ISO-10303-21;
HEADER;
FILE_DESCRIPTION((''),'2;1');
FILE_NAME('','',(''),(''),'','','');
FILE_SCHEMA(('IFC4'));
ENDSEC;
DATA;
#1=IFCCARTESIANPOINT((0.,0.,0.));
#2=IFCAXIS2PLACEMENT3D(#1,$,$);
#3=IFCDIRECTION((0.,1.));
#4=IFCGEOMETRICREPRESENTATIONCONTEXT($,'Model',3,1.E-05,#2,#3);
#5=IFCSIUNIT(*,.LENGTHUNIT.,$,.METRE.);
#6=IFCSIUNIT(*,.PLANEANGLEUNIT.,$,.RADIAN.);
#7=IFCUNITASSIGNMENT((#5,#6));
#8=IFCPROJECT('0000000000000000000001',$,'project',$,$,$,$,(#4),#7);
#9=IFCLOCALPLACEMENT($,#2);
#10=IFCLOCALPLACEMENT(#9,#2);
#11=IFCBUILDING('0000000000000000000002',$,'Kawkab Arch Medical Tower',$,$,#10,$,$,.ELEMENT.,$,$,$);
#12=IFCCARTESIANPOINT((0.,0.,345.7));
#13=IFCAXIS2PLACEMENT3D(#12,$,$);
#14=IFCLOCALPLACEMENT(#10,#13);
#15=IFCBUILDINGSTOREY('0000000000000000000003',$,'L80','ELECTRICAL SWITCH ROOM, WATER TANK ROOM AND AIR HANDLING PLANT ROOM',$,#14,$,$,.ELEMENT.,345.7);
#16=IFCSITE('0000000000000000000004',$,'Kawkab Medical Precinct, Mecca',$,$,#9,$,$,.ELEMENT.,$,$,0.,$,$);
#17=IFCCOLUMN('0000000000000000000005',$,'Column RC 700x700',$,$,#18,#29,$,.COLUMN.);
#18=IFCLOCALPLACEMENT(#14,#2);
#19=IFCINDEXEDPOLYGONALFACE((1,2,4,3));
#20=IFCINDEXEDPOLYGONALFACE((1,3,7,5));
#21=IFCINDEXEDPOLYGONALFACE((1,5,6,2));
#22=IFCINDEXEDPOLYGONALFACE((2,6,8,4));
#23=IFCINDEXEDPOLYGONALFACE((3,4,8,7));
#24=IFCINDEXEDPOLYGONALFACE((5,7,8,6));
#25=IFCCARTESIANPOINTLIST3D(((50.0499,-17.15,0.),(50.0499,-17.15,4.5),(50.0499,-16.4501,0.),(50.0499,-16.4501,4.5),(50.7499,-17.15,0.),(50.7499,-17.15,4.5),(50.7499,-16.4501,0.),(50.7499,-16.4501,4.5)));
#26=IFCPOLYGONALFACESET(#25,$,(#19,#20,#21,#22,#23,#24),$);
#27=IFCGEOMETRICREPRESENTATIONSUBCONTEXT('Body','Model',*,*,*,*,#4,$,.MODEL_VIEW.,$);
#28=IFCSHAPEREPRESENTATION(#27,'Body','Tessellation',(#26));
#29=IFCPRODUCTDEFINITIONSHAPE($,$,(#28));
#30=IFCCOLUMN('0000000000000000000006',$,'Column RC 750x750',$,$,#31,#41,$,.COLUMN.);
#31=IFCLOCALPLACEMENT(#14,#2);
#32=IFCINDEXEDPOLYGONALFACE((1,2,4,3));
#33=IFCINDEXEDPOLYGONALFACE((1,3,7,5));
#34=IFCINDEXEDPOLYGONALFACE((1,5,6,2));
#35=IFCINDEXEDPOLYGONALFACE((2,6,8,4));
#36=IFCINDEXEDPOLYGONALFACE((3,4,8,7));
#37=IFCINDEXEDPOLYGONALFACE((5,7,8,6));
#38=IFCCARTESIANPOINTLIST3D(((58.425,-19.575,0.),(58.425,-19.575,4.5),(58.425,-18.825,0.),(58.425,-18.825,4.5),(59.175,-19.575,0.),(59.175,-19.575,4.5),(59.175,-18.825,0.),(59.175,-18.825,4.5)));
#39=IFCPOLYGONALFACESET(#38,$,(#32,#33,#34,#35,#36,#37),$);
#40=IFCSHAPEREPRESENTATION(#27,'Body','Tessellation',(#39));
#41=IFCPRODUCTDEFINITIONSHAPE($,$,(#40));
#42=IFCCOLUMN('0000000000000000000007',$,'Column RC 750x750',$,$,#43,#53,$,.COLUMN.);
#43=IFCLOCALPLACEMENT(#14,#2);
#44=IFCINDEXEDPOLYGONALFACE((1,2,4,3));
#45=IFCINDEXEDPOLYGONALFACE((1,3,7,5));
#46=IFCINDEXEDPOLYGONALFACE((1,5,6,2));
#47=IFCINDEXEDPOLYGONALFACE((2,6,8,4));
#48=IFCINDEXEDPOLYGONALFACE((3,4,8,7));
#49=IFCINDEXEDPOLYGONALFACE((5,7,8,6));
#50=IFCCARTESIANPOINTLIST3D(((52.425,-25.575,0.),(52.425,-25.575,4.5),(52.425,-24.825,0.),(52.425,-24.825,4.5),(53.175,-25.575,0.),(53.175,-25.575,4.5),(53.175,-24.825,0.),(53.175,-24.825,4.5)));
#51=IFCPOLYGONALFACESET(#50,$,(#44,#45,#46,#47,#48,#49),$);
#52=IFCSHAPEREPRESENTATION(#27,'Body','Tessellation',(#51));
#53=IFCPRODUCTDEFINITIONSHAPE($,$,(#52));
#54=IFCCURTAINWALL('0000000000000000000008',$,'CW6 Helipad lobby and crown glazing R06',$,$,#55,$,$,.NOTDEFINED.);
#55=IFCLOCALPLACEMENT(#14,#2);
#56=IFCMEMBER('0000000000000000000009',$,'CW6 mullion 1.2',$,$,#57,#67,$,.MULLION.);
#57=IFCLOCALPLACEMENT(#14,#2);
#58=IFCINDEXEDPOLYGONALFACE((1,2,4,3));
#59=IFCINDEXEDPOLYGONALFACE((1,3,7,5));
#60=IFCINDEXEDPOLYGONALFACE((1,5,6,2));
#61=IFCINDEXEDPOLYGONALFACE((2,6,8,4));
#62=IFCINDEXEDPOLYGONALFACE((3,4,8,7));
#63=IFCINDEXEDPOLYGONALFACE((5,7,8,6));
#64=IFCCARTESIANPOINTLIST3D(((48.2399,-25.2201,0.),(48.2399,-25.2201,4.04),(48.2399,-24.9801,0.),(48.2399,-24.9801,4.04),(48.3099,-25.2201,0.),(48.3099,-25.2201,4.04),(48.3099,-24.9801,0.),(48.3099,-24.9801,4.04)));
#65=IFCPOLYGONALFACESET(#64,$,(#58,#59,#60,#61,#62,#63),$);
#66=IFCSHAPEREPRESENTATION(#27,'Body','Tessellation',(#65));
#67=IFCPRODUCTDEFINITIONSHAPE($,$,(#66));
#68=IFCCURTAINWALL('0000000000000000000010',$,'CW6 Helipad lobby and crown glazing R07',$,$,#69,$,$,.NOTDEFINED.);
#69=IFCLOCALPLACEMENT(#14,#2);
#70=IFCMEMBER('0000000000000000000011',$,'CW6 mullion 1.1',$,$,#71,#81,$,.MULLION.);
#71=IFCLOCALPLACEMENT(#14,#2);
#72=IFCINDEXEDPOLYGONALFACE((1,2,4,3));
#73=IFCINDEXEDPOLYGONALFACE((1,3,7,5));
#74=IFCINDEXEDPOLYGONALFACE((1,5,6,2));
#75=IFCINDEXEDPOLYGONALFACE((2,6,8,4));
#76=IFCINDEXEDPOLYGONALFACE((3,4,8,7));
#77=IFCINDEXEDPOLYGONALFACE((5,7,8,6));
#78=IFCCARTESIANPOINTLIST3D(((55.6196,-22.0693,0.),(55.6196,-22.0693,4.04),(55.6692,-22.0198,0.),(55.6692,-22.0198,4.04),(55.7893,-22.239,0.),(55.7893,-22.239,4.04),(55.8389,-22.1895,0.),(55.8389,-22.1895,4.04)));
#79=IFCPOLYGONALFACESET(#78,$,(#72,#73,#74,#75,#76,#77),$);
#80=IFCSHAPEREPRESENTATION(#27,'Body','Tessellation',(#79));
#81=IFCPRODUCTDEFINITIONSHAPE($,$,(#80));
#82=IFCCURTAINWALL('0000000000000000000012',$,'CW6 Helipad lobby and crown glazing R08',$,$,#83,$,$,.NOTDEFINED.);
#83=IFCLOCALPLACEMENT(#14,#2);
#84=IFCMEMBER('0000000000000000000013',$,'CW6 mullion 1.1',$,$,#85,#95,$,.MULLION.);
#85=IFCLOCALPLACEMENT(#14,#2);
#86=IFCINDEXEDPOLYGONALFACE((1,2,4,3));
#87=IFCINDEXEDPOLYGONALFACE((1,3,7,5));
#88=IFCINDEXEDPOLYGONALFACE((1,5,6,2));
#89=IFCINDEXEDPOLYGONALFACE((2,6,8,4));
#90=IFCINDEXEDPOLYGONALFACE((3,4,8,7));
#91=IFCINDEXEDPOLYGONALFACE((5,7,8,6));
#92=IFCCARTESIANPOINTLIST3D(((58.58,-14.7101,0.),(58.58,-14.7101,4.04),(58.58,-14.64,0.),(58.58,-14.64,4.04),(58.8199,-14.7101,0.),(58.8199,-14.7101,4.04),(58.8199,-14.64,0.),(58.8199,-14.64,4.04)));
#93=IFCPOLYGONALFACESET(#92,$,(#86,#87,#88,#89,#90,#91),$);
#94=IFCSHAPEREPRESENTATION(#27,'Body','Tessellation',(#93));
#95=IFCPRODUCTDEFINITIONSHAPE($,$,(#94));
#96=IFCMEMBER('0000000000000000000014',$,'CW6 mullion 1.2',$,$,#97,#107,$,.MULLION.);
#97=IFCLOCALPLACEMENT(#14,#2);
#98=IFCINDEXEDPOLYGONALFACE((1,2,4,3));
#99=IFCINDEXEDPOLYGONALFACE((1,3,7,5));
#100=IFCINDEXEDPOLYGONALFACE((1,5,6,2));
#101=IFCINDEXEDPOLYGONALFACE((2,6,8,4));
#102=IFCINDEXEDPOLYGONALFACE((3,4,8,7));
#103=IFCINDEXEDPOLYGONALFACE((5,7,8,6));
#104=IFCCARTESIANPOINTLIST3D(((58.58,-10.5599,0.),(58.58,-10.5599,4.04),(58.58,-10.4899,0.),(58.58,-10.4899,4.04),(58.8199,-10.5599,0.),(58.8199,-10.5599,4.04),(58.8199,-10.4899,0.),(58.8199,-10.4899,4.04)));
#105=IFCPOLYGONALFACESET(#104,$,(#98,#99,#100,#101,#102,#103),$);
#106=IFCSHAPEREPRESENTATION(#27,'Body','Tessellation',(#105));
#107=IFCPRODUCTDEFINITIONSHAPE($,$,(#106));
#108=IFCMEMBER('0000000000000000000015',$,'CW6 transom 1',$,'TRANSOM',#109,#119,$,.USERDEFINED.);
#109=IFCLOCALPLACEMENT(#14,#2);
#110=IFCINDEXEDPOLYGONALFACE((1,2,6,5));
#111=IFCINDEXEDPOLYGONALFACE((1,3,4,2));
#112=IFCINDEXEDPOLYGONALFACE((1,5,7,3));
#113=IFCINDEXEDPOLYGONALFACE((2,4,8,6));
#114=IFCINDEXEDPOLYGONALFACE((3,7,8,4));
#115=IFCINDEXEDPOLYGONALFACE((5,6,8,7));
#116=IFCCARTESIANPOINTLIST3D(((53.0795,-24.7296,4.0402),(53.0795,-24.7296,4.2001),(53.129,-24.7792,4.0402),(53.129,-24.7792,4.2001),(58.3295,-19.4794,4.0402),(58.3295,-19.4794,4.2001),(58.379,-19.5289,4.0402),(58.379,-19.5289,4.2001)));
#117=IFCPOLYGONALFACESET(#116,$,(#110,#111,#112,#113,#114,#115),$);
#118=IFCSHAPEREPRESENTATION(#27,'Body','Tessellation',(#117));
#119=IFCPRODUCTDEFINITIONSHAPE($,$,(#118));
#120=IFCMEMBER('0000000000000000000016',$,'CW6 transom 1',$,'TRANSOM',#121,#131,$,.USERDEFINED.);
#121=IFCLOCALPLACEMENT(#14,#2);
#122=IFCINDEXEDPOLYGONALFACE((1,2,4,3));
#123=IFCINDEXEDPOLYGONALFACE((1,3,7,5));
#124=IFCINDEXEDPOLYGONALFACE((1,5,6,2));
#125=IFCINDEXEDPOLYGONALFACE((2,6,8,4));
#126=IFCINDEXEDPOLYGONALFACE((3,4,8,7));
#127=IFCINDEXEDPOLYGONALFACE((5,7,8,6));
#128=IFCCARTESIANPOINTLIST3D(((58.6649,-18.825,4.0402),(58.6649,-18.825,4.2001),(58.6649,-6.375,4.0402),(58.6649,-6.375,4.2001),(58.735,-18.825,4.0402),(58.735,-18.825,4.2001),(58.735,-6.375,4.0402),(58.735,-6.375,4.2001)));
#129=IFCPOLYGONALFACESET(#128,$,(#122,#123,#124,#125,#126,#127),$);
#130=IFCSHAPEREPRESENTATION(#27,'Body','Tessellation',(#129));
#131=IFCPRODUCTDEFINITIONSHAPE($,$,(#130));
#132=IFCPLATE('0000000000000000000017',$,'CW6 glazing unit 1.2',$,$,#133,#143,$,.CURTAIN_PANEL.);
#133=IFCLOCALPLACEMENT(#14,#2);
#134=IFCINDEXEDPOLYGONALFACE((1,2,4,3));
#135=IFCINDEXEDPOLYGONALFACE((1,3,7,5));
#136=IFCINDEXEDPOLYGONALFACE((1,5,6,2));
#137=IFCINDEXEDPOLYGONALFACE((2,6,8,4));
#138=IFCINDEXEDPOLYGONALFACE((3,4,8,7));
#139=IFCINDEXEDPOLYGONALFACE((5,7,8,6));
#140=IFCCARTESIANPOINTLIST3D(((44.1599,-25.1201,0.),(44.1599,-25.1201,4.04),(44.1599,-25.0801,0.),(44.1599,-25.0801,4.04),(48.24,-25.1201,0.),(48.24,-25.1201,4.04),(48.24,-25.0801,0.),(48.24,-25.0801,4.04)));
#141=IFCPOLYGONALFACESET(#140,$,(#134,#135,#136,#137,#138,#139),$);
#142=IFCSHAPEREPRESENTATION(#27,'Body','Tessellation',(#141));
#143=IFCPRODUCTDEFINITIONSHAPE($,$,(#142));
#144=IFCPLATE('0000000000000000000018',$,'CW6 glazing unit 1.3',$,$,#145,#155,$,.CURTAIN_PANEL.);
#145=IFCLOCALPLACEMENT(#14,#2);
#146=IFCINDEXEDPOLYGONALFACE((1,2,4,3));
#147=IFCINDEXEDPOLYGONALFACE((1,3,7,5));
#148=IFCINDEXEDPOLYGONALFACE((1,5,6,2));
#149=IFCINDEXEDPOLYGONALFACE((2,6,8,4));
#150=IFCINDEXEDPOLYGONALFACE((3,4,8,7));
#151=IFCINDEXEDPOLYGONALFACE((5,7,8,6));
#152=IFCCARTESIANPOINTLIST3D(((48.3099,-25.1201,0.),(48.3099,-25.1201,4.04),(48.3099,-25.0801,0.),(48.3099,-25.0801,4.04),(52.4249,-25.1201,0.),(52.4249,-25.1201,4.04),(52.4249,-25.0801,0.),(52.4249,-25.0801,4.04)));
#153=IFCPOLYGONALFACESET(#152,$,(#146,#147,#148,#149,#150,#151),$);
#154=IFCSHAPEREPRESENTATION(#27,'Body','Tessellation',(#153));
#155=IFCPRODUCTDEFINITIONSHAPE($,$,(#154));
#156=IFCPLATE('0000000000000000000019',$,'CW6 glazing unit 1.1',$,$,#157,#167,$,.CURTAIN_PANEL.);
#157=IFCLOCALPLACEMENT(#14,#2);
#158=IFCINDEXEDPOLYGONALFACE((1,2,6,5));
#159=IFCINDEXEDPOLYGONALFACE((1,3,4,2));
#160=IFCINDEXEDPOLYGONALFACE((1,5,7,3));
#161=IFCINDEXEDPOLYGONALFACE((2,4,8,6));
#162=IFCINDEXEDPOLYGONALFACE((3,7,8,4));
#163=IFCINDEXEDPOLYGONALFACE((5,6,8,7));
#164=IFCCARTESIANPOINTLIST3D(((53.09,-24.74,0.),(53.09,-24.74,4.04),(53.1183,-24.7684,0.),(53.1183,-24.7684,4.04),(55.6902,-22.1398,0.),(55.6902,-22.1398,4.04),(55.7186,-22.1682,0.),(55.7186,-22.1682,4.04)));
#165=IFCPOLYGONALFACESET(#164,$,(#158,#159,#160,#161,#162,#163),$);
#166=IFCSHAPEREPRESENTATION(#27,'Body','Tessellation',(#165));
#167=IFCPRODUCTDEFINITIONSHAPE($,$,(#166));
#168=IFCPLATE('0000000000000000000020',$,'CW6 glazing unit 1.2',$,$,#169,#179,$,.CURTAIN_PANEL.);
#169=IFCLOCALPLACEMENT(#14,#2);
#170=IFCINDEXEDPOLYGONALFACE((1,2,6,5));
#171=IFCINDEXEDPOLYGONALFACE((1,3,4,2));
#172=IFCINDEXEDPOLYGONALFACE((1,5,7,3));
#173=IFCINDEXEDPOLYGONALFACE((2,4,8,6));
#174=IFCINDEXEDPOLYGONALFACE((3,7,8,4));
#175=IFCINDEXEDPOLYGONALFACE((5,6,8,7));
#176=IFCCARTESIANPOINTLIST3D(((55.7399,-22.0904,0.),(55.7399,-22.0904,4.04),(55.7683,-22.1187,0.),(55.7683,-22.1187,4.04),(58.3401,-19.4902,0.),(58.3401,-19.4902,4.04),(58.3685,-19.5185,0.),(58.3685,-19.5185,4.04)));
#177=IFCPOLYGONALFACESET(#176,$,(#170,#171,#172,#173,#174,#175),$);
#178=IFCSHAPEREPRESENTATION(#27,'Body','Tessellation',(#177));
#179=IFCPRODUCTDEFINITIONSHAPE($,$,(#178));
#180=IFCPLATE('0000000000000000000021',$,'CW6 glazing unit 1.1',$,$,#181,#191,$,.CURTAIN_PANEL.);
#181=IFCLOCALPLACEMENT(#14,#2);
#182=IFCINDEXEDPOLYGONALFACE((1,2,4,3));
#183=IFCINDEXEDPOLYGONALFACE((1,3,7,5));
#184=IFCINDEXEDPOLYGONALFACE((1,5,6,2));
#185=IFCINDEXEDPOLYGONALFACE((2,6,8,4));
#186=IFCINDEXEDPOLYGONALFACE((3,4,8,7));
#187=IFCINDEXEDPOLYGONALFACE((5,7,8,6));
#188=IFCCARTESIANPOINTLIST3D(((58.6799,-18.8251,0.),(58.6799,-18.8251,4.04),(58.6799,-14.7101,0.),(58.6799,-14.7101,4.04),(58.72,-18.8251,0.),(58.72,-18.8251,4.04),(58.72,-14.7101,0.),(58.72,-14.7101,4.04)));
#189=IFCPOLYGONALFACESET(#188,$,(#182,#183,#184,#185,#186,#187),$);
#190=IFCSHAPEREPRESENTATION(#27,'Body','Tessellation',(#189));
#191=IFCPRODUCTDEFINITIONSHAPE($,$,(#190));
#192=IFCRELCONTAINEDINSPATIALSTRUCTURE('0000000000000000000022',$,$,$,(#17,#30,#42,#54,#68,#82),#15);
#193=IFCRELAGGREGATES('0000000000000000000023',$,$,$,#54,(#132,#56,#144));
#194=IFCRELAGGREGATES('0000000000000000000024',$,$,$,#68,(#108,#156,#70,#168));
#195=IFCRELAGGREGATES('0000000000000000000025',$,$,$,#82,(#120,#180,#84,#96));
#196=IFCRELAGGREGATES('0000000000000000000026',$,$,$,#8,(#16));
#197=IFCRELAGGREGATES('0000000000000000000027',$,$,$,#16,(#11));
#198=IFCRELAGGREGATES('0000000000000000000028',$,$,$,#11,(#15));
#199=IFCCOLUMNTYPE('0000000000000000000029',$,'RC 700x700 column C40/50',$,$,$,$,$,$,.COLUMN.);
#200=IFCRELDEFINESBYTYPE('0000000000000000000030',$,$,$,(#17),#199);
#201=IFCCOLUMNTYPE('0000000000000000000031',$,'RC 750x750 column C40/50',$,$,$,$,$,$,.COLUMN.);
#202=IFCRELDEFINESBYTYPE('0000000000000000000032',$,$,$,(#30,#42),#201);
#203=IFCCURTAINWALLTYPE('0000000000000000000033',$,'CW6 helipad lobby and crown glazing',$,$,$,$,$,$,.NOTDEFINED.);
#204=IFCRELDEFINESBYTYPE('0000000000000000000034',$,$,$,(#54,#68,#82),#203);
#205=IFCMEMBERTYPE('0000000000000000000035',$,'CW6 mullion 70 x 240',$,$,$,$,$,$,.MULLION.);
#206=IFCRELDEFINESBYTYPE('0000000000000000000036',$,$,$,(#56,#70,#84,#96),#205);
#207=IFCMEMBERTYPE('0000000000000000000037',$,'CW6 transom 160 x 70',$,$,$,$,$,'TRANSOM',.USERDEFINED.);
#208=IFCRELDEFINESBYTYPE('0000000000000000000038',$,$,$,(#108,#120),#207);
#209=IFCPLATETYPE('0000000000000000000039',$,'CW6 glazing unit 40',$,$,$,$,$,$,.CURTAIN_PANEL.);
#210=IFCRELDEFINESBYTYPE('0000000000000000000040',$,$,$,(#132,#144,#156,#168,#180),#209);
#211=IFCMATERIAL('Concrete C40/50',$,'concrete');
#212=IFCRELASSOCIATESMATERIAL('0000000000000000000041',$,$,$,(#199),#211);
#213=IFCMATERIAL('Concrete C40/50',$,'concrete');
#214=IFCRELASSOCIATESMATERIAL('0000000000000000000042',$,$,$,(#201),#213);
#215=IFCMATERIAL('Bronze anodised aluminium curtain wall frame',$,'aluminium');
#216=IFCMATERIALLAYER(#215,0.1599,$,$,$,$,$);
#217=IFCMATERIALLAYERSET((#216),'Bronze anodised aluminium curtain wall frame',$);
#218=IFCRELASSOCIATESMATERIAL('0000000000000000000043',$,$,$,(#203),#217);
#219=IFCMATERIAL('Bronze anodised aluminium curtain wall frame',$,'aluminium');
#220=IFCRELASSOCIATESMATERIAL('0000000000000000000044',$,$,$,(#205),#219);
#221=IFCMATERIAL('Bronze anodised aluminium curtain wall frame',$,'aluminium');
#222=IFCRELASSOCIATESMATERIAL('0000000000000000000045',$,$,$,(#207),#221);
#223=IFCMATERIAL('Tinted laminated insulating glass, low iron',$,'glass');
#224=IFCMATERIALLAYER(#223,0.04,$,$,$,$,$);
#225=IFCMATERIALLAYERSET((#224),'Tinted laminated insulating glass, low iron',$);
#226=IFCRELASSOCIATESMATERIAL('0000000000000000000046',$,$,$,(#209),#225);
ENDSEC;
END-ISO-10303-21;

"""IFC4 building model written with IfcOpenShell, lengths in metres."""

from ifc_helpers import new_model, si_unit, direction, frame, origin, origin_2d, place, context, subcontext, project, spatial, rectangle, extrude, material, layer, layer_set, material_profile, profile_set, type_object, element, aggregate, save


model = new_model("IFC4")

# Units and contexts
model_context = context("Model", 3, precision=1e-05, world=origin(), true_north=direction((0.0, 1.0)))
body_context = subcontext(model_context, "Body", "Model", "MODEL_VIEW")
ifc_project = project(units=[si_unit("LENGTHUNIT", "METRE"), si_unit("PLANEANGLEUNIT", "RADIAN")], contexts=[model_context])

# Site, building, storey
site_placement = place(None, origin())
site = spatial("IfcSite", under=ifc_project, at=site_placement, Name="Kawkab Medical Precinct, Mecca", CompositionType="ELEMENT", RefElevation=0.0)
building_placement = place(site_placement, origin())
building = spatial("IfcBuilding", under=site, at=building_placement, Name="Kawkab Arch Medical Tower", CompositionType="ELEMENT")
storey_placement = place(building_placement, frame((0.0, 0.0, 345.7)))
storey = spatial("IfcBuildingStorey", under=building, at=storey_placement, Name="L80", Description="ELECTRICAL SWITCH ROOM, WATER TANK ROOM AND AIR HANDLING PLANT ROOM", CompositionType="ELEMENT", Elevation=345.7)

# Columns
ifc_material_1 = material(Name="Concrete C40/50", Category="concrete")
ifc_material_profile_1 = material_profile(ifc_material_1, rectangle(XDim=0.7, YDim=0.7, at=origin_2d()), Name="RC 700x700")
ifc_profile_set_1 = profile_set([ifc_material_profile_1], Name="Concrete C40/50")
column_type_1 = type_object("IfcColumnType", Name="RC 700x700 column C40/50", PredefinedType="COLUMN", material=ifc_profile_set_1)
column_placement = place(storey_placement, frame((50.3999, -16.8, 0.0), z_axis=(0.0, 0.0, 1.0), x_axis=(1.0, 0.0, 0.0)))
element("IfcColumn", 1, at=column_placement, inside=storey, type_object=column_type_1, Name="Column RC 700x700", PredefinedType="COLUMN", context=body_context, shape_type="SweptSolid", body=[
    extrude(rectangle(XDim=0.7, YDim=0.7, at=origin_2d()), origin(), (0.0, 0.0, 1.0), 4.5),
])
ifc_material_2 = material(Name="Concrete C40/50", Category="concrete")
ifc_material_profile_2 = material_profile(ifc_material_2, rectangle(XDim=0.75, YDim=0.75, at=origin_2d()), Name="RC 750x750")
ifc_profile_set_2 = profile_set([ifc_material_profile_2], Name="Concrete C40/50")
column_type_2 = type_object("IfcColumnType", Name="RC 750x750 column C40/50", PredefinedType="COLUMN", material=ifc_profile_set_2)
for number, where, z_axis, x_axis, name in (
    (2, (58.8, -19.2, 0.0), (0.0, 0.0, 1.0), (1.0, 0.0, 0.0), "Column RC 750x750"),
    (3, (52.8, -25.2, 0.0), (0.0, 0.0, 1.0), (1.0, 0.0, 0.0), "Column RC 750x750"),
):
    element("IfcColumn", number, at=place(storey_placement, frame(where, z_axis=z_axis, x_axis=x_axis)), inside=storey, type_object=column_type_2, Name=name, PredefinedType="COLUMN", context=body_context, shape_type="SweptSolid", body=[
        extrude(rectangle(XDim=0.75, YDim=0.75, at=origin_2d()), origin(), (0.0, 0.0, 1.0), 4.5),
    ])

# Curtain walls, members
ifc_material_3 = material(Name="Bronze anodised aluminium curtain wall frame", Category="aluminium")
ifc_layer_1 = layer(ifc_material_3, 0.1599)
ifc_layer_set_1 = layer_set([ifc_layer_1], Name="Bronze anodised aluminium curtain wall frame")
curtain_wall_type = type_object("IfcCurtainWallType", Name="CW6 helipad lobby and crown glazing", PredefinedType="NOTDEFINED", material=ifc_layer_set_1)
placement = place(storey_placement, origin())
curtain_wall_1 = element("IfcCurtainWall", 4, at=placement, inside=storey, type_object=curtain_wall_type, Name="CW6 Helipad lobby and crown glazing R06", PredefinedType="NOTDEFINED")
ifc_material_4 = material(Name="Bronze anodised aluminium curtain wall frame", Category="aluminium")
ifc_material_profile_3 = material_profile(ifc_material_4, rectangle(XDim=0.24, YDim=0.0701, at=origin_2d()), Name="AL 70x240")
ifc_profile_set_3 = profile_set([ifc_material_profile_3], Name="Bronze anodised aluminium curtain wall frame")
member_type_1 = type_object("IfcMemberType", Name="CW6 mullion 70 x 240", PredefinedType="MULLION", material=ifc_profile_set_3)
member_1_placement = place(storey_placement, frame((48.2749, -25.1001, 0.0), z_axis=(0.0, 0.0, 1.0), x_axis=(0.0, 1.0, 0.0)))
member_1 = element("IfcMember", 5, at=member_1_placement, type_object=member_type_1, Name="CW6 mullion 1.2", PredefinedType="MULLION", context=body_context, shape_type="SweptSolid", body=[
    extrude(rectangle(XDim=0.24, YDim=0.0701, at=origin_2d()), origin(), (0.0, 0.0, 1.0), 4.04),
])
curtain_wall_2 = element("IfcCurtainWall", 6, at=placement, inside=storey, type_object=curtain_wall_type, Name="CW6 Helipad lobby and crown glazing R07", PredefinedType="NOTDEFINED")
member_2_placement = place(storey_placement, frame((55.7292, -22.1294, 0.0), z_axis=(0.0, 0.0, 1.0), x_axis=(-0.707107, 0.707107, 0.0)))
member_2 = element("IfcMember", 7, at=member_2_placement, type_object=member_type_1, Name="CW6 mullion 1.1", PredefinedType="MULLION", context=body_context, shape_type="SweptSolid", body=[
    extrude(rectangle(XDim=0.24, YDim=0.0701, at=origin_2d()), origin(), (0.0, 0.0, 1.0), 4.04),
])

# Curtain wall, members
curtain_wall_3 = element("IfcCurtainWall", 8, at=placement, inside=storey, type_object=curtain_wall_type, Name="CW6 Helipad lobby and crown glazing R08", PredefinedType="NOTDEFINED")
member_3_placement = place(storey_placement, frame((58.7, -14.675, 0.0), z_axis=(0.0, 0.0, 1.0), x_axis=(-1.0, 0.0, 0.0)))
member_3 = element("IfcMember", 9, at=member_3_placement, type_object=member_type_1, Name="CW6 mullion 1.1", PredefinedType="MULLION", context=body_context, shape_type="SweptSolid", body=[
    extrude(rectangle(XDim=0.24, YDim=0.0701, at=origin_2d()), origin(), (0.0, 0.0, 1.0), 4.04),
])
member_4_placement = place(storey_placement, frame((58.7, -10.5249, 0.0), z_axis=(0.0, 0.0, 1.0), x_axis=(-1.0, 0.0, 0.0)))
member_4 = element("IfcMember", 10, at=member_4_placement, type_object=member_type_1, Name="CW6 mullion 1.2", PredefinedType="MULLION", context=body_context, shape_type="SweptSolid", body=[
    extrude(rectangle(XDim=0.24, YDim=0.0701, at=origin_2d()), origin(), (0.0, 0.0, 1.0), 4.04),
])

# Members
ifc_material_5 = material(Name="Bronze anodised aluminium curtain wall frame", Category="aluminium")
ifc_material_profile_4 = material_profile(ifc_material_5, rectangle(XDim=0.0701, YDim=0.1599, at=origin_2d()), Name="AL 70x160")
ifc_profile_set_4 = profile_set([ifc_material_profile_4], Name="Bronze anodised aluminium curtain wall frame")
member_type_2 = type_object("IfcMemberType", Name="CW6 transom 160 x 70", ElementType="TRANSOM", PredefinedType="USERDEFINED", material=ifc_profile_set_4)
member_5_placement = place(storey_placement, frame((53.1042, -24.7544, 4.1201), z_axis=(0.70709, 0.707123, 0.0), x_axis=(-0.707123, 0.70709, 0.0)))
member_5 = element("IfcMember", 11, at=member_5_placement, type_object=member_type_2, Name="CW6 transom 1", ObjectType="TRANSOM", PredefinedType="USERDEFINED", context=body_context, shape_type="SweptSolid", body=[
    extrude(rectangle(XDim=0.0701, YDim=0.1599, at=origin_2d()), origin(), (0.0, 0.0, 1.0), 7.4248),
])
member_6_placement = place(storey_placement, frame((58.7, -18.825, 4.1201), z_axis=(0.0, 1.0, 0.0), x_axis=(-1.0, 0.0, 0.0)))
member_6 = element("IfcMember", 12, at=member_6_placement, type_object=member_type_2, Name="CW6 transom 1", ObjectType="TRANSOM", PredefinedType="USERDEFINED", context=body_context, shape_type="SweptSolid", body=[
    extrude(rectangle(XDim=0.0701, YDim=0.1599, at=origin_2d()), origin(), (0.0, 0.0, 1.0), 12.45),
])

# Plates
ifc_material_6 = material(Name="Tinted laminated insulating glass, low iron", Category="glass")
ifc_layer_2 = layer(ifc_material_6, 0.04)
ifc_layer_set_2 = layer_set([ifc_layer_2], Name="Tinted laminated insulating glass, low iron")
plate_type_1 = type_object("IfcPlateType", Name="CW6 glazing unit 40", PredefinedType="CURTAIN_PANEL", material=ifc_layer_set_2)
plate_1_placement = place(storey_placement, frame((46.2, -25.1001, 0.0), z_axis=(0.0, 0.0, 1.0), x_axis=(1.0, 0.0, 0.0)))
plate_1 = element("IfcPlate", 13, at=plate_1_placement, type_object=plate_type_1, Name="CW6 glazing unit 1.2", PredefinedType="CURTAIN_PANEL", context=body_context, shape_type="SweptSolid", body=[
    extrude(rectangle(XDim=4.0801, YDim=0.04, at=origin_2d()), origin(), (0.0, 0.0, 1.0), 4.04),
])
plate_2_placement = place(storey_placement, frame((50.3674, -25.1001, 0.0), z_axis=(0.0, 0.0, 1.0), x_axis=(1.0, 0.0, 0.0)))
plate_2 = element("IfcPlate", 14, at=plate_2_placement, type_object=plate_type_1, Name="CW6 glazing unit 1.3", PredefinedType="CURTAIN_PANEL", context=body_context, shape_type="SweptSolid", body=[
    extrude(rectangle(XDim=4.115, YDim=0.04, at=origin_2d()), origin(), (0.0, 0.0, 1.0), 4.04),
])
aggregate(curtain_wall_1, [plate_1, member_1, plate_2])
plate_3_placement = place(storey_placement, frame((54.4043, -23.4541, 0.0), z_axis=(0.0, 0.0, 1.0), x_axis=(0.707107, 0.707107, 0.0)))
plate_3 = element("IfcPlate", 15, at=plate_3_placement, type_object=plate_type_1, Name="CW6 glazing unit 1.1", PredefinedType="CURTAIN_PANEL", context=body_context, shape_type="SweptSolid", body=[
    extrude(rectangle(XDim=3.6772, YDim=0.04, at=origin_2d()), origin(), (0.0, 0.0, 1.0), 4.04),
])
plate_4_placement = place(storey_placement, frame((57.0542, -20.8044, 0.0), z_axis=(0.0, 0.0, 1.0), x_axis=(0.707107, 0.707107, 0.0)))
plate_4 = element("IfcPlate", 16, at=plate_4_placement, type_object=plate_type_1, Name="CW6 glazing unit 1.2", PredefinedType="CURTAIN_PANEL", context=body_context, shape_type="SweptSolid", body=[
    extrude(rectangle(XDim=3.6772, YDim=0.04, at=origin_2d()), origin(), (0.0, 0.0, 1.0), 4.04),
])
aggregate(curtain_wall_2, [member_5, plate_3, member_2, plate_4])
plate_5_placement = place(storey_placement, frame((58.7, -16.7676, 0.0), z_axis=(0.0, 0.0, 1.0), x_axis=(0.0, 1.0, 0.0)))
plate_5 = element("IfcPlate", 17, at=plate_5_placement, type_object=plate_type_1, Name="CW6 glazing unit 1.1", PredefinedType="CURTAIN_PANEL", context=body_context, shape_type="SweptSolid", body=[
    extrude(rectangle(XDim=4.115, YDim=0.04, at=origin_2d()), origin(), (0.0, 0.0, 1.0), 4.04),
])
aggregate(curtain_wall_3, [member_6, plate_5, member_3, member_4])

save(model, "model.ifc")
